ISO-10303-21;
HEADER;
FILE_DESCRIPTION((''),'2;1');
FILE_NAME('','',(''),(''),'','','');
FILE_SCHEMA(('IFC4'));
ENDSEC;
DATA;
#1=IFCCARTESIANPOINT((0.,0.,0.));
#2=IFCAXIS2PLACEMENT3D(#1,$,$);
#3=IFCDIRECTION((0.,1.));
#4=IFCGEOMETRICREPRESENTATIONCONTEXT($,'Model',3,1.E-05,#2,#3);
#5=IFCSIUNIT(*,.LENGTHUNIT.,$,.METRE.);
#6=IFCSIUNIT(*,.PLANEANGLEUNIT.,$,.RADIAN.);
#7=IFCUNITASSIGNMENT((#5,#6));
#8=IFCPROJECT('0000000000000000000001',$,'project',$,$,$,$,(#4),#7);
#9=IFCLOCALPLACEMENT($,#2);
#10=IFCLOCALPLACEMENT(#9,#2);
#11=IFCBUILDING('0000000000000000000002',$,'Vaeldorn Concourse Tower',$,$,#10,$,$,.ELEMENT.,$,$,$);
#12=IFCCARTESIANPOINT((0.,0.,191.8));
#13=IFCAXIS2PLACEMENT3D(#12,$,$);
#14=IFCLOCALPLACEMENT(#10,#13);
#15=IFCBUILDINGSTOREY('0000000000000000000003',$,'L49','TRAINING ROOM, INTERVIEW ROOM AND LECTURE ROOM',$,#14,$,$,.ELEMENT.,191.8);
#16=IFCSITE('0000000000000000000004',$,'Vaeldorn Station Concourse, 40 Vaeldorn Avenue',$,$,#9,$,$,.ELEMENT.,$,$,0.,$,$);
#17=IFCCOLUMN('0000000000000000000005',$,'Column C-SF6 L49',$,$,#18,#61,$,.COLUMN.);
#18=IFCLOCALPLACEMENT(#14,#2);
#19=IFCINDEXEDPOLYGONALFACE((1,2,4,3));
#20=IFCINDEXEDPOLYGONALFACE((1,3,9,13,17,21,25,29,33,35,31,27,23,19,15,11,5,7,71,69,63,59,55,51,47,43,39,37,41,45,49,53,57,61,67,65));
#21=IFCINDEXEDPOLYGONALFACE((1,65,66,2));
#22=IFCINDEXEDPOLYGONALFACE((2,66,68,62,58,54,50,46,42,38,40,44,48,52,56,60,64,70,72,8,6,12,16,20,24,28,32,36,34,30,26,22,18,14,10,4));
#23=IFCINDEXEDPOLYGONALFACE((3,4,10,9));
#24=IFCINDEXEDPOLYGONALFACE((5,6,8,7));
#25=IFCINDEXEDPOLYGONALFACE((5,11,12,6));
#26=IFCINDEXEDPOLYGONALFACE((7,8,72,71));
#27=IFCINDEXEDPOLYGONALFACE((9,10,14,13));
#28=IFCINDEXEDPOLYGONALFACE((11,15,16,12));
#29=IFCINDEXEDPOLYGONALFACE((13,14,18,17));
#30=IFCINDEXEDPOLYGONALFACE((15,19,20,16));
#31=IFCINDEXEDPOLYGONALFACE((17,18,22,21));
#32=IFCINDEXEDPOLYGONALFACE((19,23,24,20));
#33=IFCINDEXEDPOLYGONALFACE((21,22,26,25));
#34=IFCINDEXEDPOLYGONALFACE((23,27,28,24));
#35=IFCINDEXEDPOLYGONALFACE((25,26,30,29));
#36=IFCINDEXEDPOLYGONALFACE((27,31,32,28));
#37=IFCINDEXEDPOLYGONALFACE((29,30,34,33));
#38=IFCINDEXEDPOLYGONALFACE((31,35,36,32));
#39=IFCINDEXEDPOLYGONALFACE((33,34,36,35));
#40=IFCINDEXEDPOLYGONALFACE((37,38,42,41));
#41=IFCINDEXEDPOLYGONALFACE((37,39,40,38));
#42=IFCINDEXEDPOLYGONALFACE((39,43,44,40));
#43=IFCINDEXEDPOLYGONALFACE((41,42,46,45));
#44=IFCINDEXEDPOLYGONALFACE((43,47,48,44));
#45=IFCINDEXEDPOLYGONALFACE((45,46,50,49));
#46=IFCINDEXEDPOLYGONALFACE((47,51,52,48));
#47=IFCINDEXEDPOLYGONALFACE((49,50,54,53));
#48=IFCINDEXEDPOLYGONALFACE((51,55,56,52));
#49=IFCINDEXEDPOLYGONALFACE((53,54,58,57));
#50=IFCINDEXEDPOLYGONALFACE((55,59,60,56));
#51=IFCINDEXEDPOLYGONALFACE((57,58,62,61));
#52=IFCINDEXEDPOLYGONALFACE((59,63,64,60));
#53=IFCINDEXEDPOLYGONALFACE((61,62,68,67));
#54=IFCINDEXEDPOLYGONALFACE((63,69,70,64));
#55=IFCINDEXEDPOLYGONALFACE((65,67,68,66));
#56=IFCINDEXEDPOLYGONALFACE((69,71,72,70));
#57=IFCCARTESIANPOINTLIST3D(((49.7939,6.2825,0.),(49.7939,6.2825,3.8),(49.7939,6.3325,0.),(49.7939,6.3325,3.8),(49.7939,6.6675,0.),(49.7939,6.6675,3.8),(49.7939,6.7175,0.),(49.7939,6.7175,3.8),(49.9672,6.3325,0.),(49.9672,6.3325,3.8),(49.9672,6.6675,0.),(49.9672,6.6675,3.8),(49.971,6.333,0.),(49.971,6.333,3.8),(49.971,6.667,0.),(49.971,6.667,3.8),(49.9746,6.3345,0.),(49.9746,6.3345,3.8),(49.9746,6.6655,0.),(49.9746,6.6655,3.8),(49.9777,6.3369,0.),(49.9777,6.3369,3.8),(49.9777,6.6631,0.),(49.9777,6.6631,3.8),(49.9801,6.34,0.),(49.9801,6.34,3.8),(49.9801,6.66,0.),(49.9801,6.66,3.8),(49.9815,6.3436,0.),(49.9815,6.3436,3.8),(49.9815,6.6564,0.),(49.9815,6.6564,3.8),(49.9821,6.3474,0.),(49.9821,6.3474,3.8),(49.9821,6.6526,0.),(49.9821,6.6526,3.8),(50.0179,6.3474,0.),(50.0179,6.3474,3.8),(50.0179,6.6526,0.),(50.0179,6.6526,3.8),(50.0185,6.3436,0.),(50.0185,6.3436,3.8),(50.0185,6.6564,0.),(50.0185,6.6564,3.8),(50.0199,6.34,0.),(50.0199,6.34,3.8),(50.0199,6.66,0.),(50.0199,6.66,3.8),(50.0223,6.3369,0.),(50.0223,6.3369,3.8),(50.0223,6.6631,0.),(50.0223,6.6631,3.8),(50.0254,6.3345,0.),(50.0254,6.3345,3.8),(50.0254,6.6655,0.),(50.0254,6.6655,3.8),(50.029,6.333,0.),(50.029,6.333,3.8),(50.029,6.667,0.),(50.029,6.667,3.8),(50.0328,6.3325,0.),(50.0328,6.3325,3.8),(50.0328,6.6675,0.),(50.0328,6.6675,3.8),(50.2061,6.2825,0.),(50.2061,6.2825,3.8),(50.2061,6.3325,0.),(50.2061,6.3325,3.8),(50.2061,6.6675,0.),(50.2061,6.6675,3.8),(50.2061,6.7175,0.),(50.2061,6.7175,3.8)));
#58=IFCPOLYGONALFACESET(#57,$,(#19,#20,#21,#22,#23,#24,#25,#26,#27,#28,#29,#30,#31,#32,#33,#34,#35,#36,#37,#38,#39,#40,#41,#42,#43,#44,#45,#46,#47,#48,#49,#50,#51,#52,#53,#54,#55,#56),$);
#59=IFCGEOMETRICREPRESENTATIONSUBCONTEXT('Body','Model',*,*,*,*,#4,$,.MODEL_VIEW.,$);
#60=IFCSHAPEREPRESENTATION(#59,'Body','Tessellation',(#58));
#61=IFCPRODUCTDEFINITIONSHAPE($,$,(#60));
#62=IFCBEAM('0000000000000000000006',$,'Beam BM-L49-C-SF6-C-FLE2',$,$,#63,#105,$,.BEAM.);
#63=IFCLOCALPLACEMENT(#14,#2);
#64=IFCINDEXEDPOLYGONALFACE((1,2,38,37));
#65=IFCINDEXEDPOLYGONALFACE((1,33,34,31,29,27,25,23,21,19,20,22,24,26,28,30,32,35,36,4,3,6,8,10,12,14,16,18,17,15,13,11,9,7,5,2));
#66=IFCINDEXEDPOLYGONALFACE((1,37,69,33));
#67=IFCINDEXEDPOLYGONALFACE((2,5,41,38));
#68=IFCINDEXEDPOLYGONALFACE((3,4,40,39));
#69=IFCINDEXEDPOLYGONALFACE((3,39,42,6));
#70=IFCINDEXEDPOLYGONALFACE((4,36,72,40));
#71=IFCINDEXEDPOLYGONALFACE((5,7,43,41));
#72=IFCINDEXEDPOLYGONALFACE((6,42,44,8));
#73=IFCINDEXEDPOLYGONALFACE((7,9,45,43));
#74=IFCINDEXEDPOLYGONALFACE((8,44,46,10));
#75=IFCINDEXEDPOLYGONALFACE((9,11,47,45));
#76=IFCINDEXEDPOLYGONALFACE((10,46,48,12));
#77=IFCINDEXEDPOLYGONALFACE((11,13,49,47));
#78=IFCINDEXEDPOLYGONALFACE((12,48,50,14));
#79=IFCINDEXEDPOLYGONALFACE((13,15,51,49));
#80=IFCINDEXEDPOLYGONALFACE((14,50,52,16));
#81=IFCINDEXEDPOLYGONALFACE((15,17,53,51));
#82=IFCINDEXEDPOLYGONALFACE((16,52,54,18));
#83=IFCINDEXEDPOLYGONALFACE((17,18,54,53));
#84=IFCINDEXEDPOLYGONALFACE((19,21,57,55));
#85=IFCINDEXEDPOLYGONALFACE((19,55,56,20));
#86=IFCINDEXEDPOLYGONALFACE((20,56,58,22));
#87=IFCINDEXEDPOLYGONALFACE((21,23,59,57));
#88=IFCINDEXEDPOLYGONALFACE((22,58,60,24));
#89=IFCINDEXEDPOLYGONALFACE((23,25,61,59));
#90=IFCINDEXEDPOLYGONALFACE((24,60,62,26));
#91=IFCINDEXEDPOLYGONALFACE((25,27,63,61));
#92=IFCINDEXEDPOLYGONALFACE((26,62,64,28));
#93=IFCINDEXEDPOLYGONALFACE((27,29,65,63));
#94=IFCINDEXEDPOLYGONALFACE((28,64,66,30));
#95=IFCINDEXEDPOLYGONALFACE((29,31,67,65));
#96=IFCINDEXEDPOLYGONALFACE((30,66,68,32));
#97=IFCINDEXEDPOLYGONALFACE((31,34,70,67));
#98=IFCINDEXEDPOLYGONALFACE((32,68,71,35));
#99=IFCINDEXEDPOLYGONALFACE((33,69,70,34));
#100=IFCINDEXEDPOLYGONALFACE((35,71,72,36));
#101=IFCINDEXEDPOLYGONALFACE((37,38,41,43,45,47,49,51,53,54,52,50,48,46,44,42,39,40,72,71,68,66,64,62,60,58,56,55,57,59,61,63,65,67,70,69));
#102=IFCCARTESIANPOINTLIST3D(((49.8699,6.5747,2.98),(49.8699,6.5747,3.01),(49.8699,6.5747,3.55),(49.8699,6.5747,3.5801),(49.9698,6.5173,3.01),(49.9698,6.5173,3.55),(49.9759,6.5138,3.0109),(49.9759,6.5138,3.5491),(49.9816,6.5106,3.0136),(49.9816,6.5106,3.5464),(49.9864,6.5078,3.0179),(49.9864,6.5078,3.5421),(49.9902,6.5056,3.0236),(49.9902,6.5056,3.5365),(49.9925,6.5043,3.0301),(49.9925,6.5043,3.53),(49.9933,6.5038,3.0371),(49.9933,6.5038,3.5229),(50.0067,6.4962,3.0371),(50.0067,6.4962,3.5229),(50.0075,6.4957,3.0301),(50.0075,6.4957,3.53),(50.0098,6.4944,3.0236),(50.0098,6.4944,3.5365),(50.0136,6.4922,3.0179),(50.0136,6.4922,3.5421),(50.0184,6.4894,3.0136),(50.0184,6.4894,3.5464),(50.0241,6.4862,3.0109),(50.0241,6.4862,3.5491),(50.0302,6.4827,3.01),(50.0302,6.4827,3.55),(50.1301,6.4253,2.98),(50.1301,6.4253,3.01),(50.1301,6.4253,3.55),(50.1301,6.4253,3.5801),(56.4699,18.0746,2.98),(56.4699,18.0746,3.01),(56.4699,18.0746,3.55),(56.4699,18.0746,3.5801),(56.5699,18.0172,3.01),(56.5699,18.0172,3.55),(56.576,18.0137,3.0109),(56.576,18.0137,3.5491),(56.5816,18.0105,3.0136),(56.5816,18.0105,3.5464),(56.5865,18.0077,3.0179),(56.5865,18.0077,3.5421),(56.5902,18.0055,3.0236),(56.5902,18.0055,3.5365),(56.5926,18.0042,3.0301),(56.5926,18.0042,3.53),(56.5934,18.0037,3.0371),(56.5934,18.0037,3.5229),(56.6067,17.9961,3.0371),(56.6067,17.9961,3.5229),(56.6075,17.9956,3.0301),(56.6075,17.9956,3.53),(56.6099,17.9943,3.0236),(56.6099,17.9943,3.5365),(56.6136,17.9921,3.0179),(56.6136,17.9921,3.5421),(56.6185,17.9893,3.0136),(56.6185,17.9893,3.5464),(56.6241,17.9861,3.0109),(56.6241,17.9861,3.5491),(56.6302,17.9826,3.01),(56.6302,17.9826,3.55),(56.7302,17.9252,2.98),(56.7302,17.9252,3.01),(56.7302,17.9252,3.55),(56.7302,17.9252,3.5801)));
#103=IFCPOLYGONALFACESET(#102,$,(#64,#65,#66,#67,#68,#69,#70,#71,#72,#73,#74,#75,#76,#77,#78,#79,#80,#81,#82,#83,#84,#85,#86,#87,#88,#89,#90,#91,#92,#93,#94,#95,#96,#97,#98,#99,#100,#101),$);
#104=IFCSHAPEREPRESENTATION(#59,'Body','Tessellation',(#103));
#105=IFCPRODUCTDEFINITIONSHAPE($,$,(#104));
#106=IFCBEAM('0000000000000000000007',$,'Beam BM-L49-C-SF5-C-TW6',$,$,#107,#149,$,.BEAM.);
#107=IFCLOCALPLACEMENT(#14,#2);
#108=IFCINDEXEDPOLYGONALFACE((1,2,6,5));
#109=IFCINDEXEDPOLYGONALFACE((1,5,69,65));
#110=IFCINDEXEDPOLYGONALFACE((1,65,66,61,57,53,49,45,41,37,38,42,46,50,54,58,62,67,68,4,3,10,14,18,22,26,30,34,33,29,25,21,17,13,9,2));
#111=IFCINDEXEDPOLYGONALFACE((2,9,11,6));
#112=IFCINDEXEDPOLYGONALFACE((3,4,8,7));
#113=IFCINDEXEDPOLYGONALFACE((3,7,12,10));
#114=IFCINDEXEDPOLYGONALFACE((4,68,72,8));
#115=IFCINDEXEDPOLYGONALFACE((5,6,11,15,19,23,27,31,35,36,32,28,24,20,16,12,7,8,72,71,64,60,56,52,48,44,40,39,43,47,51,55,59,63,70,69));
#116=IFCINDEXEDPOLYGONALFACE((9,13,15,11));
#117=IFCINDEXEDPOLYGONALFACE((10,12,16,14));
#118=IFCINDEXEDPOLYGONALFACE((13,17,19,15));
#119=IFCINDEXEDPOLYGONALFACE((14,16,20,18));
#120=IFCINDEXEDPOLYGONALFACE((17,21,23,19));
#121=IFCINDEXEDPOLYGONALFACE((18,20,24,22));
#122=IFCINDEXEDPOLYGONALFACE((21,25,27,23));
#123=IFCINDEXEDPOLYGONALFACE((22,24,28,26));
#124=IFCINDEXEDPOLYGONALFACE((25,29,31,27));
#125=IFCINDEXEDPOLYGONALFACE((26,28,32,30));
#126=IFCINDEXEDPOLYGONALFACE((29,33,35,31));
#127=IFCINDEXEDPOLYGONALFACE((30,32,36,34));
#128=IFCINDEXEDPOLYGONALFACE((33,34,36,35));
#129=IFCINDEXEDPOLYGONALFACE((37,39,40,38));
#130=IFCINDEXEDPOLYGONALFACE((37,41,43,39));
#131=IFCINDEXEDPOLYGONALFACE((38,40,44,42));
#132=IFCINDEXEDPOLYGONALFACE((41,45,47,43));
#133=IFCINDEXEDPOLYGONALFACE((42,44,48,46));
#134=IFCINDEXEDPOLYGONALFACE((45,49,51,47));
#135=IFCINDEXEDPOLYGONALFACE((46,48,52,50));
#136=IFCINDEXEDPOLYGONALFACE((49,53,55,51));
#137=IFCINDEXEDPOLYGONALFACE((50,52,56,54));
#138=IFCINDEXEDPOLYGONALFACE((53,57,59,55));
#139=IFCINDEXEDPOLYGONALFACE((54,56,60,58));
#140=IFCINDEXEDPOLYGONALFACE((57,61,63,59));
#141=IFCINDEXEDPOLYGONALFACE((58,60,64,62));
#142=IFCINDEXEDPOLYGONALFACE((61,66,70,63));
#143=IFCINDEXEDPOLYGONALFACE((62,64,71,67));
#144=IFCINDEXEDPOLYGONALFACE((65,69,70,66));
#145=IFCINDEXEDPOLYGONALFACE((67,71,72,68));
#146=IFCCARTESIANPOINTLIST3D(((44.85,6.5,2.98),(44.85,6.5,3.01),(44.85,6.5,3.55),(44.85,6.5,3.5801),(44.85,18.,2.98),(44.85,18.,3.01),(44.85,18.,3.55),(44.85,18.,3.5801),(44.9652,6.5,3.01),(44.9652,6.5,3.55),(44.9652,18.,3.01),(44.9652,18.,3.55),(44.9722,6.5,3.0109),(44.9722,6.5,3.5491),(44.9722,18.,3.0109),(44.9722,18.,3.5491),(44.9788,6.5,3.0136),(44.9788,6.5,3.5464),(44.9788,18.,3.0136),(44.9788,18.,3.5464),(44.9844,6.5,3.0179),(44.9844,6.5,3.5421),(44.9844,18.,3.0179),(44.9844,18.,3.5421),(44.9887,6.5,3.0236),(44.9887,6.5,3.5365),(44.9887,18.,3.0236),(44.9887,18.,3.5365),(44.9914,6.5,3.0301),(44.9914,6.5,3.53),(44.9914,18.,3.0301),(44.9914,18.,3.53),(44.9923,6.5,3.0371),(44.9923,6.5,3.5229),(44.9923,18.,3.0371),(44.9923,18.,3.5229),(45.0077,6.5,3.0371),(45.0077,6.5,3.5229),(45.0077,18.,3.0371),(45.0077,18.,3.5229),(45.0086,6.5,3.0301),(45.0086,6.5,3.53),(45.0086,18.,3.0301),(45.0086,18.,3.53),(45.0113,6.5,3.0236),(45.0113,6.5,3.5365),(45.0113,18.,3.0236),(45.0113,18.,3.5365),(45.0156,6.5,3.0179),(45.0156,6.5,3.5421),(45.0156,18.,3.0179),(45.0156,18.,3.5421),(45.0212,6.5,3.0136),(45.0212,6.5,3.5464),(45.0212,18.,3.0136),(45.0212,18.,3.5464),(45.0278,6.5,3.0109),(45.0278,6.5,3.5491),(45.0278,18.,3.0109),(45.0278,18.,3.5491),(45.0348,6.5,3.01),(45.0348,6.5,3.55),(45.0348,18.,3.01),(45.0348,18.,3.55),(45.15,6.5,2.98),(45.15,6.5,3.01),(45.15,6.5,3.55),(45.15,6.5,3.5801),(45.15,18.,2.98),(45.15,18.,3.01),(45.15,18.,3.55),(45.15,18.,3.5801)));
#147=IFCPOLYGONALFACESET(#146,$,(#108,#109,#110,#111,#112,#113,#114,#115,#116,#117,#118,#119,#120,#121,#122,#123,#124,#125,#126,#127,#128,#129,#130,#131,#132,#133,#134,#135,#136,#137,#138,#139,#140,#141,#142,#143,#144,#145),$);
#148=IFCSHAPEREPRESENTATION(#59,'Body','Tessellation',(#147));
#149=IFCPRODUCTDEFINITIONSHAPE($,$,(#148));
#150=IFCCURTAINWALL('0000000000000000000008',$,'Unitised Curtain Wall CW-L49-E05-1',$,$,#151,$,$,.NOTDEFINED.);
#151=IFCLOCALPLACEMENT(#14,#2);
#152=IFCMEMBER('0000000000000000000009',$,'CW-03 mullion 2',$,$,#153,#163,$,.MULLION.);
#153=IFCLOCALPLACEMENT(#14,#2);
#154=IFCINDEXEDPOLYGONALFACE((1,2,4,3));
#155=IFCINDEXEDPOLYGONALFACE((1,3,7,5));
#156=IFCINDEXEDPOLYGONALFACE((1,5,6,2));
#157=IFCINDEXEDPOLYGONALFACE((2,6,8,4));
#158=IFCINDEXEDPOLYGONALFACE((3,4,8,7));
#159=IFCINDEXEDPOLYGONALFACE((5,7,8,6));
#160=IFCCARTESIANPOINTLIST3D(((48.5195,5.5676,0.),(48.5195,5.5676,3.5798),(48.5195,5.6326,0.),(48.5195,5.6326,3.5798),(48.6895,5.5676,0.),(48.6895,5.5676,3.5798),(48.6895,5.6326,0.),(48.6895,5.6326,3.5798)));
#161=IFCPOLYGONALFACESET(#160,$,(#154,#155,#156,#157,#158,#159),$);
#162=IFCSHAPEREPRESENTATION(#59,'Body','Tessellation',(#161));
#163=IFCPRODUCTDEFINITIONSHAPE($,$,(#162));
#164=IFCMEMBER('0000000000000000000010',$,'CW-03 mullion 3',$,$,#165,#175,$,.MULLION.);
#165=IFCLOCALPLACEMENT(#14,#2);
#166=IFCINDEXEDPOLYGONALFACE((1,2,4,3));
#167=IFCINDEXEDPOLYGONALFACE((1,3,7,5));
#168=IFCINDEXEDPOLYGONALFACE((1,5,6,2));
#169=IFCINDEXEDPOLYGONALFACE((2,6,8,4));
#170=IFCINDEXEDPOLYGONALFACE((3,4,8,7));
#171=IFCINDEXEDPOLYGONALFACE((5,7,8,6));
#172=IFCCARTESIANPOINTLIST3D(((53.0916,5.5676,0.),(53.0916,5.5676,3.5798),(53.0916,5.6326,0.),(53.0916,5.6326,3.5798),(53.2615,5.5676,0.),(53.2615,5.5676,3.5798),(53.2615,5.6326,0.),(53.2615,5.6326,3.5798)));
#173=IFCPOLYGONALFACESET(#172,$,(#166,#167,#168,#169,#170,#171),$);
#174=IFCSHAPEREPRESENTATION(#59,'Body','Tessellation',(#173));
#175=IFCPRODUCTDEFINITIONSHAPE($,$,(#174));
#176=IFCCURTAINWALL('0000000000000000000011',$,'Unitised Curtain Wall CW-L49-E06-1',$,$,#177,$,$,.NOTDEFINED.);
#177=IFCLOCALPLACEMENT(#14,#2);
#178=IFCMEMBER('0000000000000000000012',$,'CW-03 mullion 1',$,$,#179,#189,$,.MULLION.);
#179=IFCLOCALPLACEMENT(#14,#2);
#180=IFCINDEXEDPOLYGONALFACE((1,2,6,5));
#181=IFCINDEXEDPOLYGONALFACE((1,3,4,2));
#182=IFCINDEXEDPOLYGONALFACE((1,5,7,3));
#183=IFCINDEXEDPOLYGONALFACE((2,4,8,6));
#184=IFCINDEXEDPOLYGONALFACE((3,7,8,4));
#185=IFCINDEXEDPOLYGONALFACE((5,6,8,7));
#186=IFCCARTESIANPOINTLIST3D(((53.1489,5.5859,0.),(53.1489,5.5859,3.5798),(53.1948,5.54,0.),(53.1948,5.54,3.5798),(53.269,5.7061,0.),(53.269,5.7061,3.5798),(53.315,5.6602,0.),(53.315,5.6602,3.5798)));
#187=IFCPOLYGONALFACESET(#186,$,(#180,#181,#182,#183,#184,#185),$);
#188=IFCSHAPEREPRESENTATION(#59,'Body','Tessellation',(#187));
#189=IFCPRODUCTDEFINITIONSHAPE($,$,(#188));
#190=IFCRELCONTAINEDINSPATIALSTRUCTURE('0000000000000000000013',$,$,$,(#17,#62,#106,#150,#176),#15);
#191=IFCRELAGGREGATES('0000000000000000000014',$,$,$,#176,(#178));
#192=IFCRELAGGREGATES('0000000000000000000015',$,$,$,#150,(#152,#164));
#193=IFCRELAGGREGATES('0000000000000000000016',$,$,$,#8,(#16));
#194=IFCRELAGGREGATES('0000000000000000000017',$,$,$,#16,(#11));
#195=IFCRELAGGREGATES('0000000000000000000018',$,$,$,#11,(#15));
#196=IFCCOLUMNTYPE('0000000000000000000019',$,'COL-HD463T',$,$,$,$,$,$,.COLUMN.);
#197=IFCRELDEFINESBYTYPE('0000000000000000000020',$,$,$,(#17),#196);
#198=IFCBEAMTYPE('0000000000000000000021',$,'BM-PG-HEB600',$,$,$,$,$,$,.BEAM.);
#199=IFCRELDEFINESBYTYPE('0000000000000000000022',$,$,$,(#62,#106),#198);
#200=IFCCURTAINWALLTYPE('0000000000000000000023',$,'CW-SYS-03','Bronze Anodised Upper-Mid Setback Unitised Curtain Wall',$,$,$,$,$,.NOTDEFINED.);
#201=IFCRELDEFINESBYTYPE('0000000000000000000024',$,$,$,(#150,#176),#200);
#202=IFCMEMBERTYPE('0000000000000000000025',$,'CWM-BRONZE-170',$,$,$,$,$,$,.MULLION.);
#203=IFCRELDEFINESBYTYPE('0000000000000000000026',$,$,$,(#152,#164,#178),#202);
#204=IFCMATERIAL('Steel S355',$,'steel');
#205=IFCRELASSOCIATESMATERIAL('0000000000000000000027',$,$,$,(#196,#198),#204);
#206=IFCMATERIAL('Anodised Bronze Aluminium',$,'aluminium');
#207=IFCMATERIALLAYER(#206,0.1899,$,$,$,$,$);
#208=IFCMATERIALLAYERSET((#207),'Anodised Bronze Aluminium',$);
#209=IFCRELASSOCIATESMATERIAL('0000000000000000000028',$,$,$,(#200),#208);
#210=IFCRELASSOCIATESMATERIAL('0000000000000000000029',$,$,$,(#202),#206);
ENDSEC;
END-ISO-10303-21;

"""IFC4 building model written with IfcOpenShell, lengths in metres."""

from ifc_helpers import new_model, si_unit, direction, frame, origin, origin_2d, place, context, subcontext, project, spatial, rectangle, i_section, extrude, source, transform, mapped, material, layer, layer_set, material_profile, profile_set, type_object, element, aggregate, save


model = new_model("IFC4")

# Units and contexts
model_context = context("Model", 3, precision=1e-05, world=origin(), true_north=direction((0.0, 1.0)))
body_context = subcontext(model_context, "Body", "Model", "MODEL_VIEW")
ifc_project = project(units=[si_unit("LENGTHUNIT", "METRE"), si_unit("PLANEANGLEUNIT", "RADIAN")], contexts=[model_context])

# Site, building, storey
site_placement = place(None, origin())
site = spatial("IfcSite", under=ifc_project, at=site_placement, Name="Vaeldorn Station Concourse, 40 Vaeldorn Avenue", CompositionType="ELEMENT", RefElevation=0.0)
building_placement = place(site_placement, origin())
building = spatial("IfcBuilding", under=site, at=building_placement, Name="Vaeldorn Concourse Tower", CompositionType="ELEMENT")
storey_placement = place(building_placement, frame((0.0, 0.0, 191.8)))
storey = spatial("IfcBuildingStorey", under=building, at=storey_placement, Name="L49", Description="TRAINING ROOM, INTERVIEW ROOM AND LECTURE ROOM", CompositionType="ELEMENT", Elevation=191.8)

# Column
ifc_material_1 = material(Name="Steel S355", Category="steel")
ifc_material_profile_1 = material_profile(ifc_material_1, i_section(OverallWidth=0.4121, OverallDepth=0.4351, WebThickness=0.0359, FlangeThickness=0.05, FilletRadius=0.0149, at=origin_2d()), Name="HD 400x463")
ifc_profile_set_1 = profile_set([ifc_material_profile_1], Name="Steel S355")
column_type = type_object("IfcColumnType", Name="COL-HD463T", PredefinedType="COLUMN", material=ifc_profile_set_1)
shared_shape_1 = source(origin(), body_context, "Body", "SweptSolid", [
    extrude(i_section(OverallWidth=0.4121, OverallDepth=0.4351, WebThickness=0.0359, FlangeThickness=0.05, FilletRadius=0.0149, at=origin_2d()), origin(), (0.0, 0.0, 1.0), 3.8),
])
column_placement = place(storey_placement, frame((50.0, 6.5, 0.0), z_axis=(0.0, 0.0, 1.0), x_axis=(1.0, 0.0, 0.0)))
element("IfcColumn", 1, at=column_placement, inside=storey, type_object=column_type, Name="Column C-SF6 L49", PredefinedType="COLUMN", context=body_context, shape_type="MappedRepresentation", body=[
    mapped(shared_shape_1, transform((0.0, 0.0, 0.0), scale=1.0)),
])

# Beams
ifc_material_profile_2 = material_profile(ifc_material_1, i_section(OverallWidth=0.3, OverallDepth=0.6001, WebThickness=0.0154, FlangeThickness=0.03, FilletRadius=0.0271, at=origin_2d()), Name="HEB 600")
ifc_profile_set_2 = profile_set([ifc_material_profile_2], Name="Steel S355")
beam_type = type_object("IfcBeamType", Name="BM-PG-HEB600", PredefinedType="BEAM", material=ifc_profile_set_2)
shared_shape_2 = source(origin(), body_context, "Body", "SweptSolid", [
    extrude(i_section(OverallWidth=0.3, OverallDepth=0.6001, WebThickness=0.0154, FlangeThickness=0.03, FilletRadius=0.0271, at=origin_2d()), origin(), (0.0, 0.0, 1.0), 13.2593),
])
beam_1_placement = place(storey_placement, frame((50.0, 6.5, 3.28), z_axis=(0.497768, 0.86731, 0.0), x_axis=(-0.86731, 0.497768, 0.0)))
element("IfcBeam", 2, at=beam_1_placement, inside=storey, type_object=beam_type, Name="Beam BM-L49-C-SF6-C-FLE2", PredefinedType="BEAM", context=body_context, shape_type="MappedRepresentation", body=[
    mapped(shared_shape_2, transform((0.0, 0.0, 0.0), scale=1.0)),
])
shared_shape_3 = source(origin(), body_context, "Body", "SweptSolid", [
    extrude(i_section(OverallWidth=0.3, OverallDepth=0.6001, WebThickness=0.0154, FlangeThickness=0.03, FilletRadius=0.0271, at=origin_2d()), origin(), (0.0, 0.0, 1.0), 11.5),
])
beam_2_placement = place(storey_placement, frame((45.0, 6.5, 3.28), z_axis=(0.0, 1.0, 0.0), x_axis=(-1.0, 0.0, 0.0)))
element("IfcBeam", 3, at=beam_2_placement, inside=storey, type_object=beam_type, Name="Beam BM-L49-C-SF5-C-TW6", PredefinedType="BEAM", context=body_context, shape_type="MappedRepresentation", body=[
    mapped(shared_shape_3, transform((0.0, 0.0, 0.0), scale=1.0)),
])

# Curtain walls, members
ifc_material_2 = material(Name="Anodised Bronze Aluminium", Category="aluminium")
ifc_layer_1 = layer(ifc_material_2, 0.1899)
ifc_layer_set_1 = layer_set([ifc_layer_1], Name="Anodised Bronze Aluminium")
curtain_wall_type = type_object("IfcCurtainWallType", Name="CW-SYS-03", Description="Bronze Anodised Upper-Mid Setback Unitised Curtain Wall", PredefinedType="NOTDEFINED", material=ifc_layer_set_1)
curtain_wall_1_placement = place(storey_placement, origin())
curtain_wall_1 = element("IfcCurtainWall", 4, at=curtain_wall_1_placement, inside=storey, type_object=curtain_wall_type, Name="Unitised Curtain Wall CW-L49-E05-1", PredefinedType="NOTDEFINED")
ifc_material_profile_3 = material_profile(ifc_material_2, rectangle(XDim=0.0649, YDim=0.1699, at=origin_2d()), Name="CWM 65x170")
ifc_profile_set_3 = profile_set([ifc_material_profile_3], Name="Anodised Bronze Aluminium")
member_type_1 = type_object("IfcMemberType", Name="CWM-BRONZE-170", PredefinedType="MULLION", material=ifc_profile_set_3)
shared_shape_4 = source(origin(), body_context, "Body", "SweptSolid", [
    extrude(rectangle(XDim=0.0649, YDim=0.1699, at=origin_2d()), origin(), (0.0, 0.0, 1.0), 3.5798),
])
member_1_placement = place(storey_placement, frame((48.6045, 5.6001, 0.0), z_axis=(0.0, 0.0, 1.0), x_axis=(0.0, 1.0, 0.0)))
member_1 = element("IfcMember", 5, at=member_1_placement, type_object=member_type_1, Name="CW-03 mullion 2", PredefinedType="MULLION", context=body_context, shape_type="MappedRepresentation", body=[
    mapped(shared_shape_4, transform((0.0, 0.0, 0.0), scale=1.0)),
])
member_2_placement = place(storey_placement, frame((53.1765, 5.6001, 0.0), z_axis=(0.0, 0.0, 1.0), x_axis=(0.0, 1.0, 0.0)))
member_2 = element("IfcMember", 6, at=member_2_placement, type_object=member_type_1, Name="CW-03 mullion 3", PredefinedType="MULLION", context=body_context, shape_type="MappedRepresentation", body=[
    mapped(shared_shape_4, transform((0.0, 0.0, 0.0), scale=1.0)),
])
curtain_wall_2_placement = place(storey_placement, origin())
curtain_wall_2 = element("IfcCurtainWall", 7, at=curtain_wall_2_placement, inside=storey, type_object=curtain_wall_type, Name="Unitised Curtain Wall CW-L49-E06-1", PredefinedType="NOTDEFINED")
member_3_placement = place(storey_placement, frame((53.2319, 5.623, 0.0), z_axis=(0.0, 0.0, 1.0), x_axis=(-0.707107, 0.707107, 0.0)))
member_3 = element("IfcMember", 8, at=member_3_placement, type_object=member_type_1, Name="CW-03 mullion 1", PredefinedType="MULLION", context=body_context, shape_type="MappedRepresentation", body=[
    mapped(shared_shape_4, transform((0.0, 0.0, 0.0), scale=1.0)),
])

aggregate(curtain_wall_2, [member_3])
aggregate(curtain_wall_1, [member_1, member_2])

save(model, "model.ifc")
